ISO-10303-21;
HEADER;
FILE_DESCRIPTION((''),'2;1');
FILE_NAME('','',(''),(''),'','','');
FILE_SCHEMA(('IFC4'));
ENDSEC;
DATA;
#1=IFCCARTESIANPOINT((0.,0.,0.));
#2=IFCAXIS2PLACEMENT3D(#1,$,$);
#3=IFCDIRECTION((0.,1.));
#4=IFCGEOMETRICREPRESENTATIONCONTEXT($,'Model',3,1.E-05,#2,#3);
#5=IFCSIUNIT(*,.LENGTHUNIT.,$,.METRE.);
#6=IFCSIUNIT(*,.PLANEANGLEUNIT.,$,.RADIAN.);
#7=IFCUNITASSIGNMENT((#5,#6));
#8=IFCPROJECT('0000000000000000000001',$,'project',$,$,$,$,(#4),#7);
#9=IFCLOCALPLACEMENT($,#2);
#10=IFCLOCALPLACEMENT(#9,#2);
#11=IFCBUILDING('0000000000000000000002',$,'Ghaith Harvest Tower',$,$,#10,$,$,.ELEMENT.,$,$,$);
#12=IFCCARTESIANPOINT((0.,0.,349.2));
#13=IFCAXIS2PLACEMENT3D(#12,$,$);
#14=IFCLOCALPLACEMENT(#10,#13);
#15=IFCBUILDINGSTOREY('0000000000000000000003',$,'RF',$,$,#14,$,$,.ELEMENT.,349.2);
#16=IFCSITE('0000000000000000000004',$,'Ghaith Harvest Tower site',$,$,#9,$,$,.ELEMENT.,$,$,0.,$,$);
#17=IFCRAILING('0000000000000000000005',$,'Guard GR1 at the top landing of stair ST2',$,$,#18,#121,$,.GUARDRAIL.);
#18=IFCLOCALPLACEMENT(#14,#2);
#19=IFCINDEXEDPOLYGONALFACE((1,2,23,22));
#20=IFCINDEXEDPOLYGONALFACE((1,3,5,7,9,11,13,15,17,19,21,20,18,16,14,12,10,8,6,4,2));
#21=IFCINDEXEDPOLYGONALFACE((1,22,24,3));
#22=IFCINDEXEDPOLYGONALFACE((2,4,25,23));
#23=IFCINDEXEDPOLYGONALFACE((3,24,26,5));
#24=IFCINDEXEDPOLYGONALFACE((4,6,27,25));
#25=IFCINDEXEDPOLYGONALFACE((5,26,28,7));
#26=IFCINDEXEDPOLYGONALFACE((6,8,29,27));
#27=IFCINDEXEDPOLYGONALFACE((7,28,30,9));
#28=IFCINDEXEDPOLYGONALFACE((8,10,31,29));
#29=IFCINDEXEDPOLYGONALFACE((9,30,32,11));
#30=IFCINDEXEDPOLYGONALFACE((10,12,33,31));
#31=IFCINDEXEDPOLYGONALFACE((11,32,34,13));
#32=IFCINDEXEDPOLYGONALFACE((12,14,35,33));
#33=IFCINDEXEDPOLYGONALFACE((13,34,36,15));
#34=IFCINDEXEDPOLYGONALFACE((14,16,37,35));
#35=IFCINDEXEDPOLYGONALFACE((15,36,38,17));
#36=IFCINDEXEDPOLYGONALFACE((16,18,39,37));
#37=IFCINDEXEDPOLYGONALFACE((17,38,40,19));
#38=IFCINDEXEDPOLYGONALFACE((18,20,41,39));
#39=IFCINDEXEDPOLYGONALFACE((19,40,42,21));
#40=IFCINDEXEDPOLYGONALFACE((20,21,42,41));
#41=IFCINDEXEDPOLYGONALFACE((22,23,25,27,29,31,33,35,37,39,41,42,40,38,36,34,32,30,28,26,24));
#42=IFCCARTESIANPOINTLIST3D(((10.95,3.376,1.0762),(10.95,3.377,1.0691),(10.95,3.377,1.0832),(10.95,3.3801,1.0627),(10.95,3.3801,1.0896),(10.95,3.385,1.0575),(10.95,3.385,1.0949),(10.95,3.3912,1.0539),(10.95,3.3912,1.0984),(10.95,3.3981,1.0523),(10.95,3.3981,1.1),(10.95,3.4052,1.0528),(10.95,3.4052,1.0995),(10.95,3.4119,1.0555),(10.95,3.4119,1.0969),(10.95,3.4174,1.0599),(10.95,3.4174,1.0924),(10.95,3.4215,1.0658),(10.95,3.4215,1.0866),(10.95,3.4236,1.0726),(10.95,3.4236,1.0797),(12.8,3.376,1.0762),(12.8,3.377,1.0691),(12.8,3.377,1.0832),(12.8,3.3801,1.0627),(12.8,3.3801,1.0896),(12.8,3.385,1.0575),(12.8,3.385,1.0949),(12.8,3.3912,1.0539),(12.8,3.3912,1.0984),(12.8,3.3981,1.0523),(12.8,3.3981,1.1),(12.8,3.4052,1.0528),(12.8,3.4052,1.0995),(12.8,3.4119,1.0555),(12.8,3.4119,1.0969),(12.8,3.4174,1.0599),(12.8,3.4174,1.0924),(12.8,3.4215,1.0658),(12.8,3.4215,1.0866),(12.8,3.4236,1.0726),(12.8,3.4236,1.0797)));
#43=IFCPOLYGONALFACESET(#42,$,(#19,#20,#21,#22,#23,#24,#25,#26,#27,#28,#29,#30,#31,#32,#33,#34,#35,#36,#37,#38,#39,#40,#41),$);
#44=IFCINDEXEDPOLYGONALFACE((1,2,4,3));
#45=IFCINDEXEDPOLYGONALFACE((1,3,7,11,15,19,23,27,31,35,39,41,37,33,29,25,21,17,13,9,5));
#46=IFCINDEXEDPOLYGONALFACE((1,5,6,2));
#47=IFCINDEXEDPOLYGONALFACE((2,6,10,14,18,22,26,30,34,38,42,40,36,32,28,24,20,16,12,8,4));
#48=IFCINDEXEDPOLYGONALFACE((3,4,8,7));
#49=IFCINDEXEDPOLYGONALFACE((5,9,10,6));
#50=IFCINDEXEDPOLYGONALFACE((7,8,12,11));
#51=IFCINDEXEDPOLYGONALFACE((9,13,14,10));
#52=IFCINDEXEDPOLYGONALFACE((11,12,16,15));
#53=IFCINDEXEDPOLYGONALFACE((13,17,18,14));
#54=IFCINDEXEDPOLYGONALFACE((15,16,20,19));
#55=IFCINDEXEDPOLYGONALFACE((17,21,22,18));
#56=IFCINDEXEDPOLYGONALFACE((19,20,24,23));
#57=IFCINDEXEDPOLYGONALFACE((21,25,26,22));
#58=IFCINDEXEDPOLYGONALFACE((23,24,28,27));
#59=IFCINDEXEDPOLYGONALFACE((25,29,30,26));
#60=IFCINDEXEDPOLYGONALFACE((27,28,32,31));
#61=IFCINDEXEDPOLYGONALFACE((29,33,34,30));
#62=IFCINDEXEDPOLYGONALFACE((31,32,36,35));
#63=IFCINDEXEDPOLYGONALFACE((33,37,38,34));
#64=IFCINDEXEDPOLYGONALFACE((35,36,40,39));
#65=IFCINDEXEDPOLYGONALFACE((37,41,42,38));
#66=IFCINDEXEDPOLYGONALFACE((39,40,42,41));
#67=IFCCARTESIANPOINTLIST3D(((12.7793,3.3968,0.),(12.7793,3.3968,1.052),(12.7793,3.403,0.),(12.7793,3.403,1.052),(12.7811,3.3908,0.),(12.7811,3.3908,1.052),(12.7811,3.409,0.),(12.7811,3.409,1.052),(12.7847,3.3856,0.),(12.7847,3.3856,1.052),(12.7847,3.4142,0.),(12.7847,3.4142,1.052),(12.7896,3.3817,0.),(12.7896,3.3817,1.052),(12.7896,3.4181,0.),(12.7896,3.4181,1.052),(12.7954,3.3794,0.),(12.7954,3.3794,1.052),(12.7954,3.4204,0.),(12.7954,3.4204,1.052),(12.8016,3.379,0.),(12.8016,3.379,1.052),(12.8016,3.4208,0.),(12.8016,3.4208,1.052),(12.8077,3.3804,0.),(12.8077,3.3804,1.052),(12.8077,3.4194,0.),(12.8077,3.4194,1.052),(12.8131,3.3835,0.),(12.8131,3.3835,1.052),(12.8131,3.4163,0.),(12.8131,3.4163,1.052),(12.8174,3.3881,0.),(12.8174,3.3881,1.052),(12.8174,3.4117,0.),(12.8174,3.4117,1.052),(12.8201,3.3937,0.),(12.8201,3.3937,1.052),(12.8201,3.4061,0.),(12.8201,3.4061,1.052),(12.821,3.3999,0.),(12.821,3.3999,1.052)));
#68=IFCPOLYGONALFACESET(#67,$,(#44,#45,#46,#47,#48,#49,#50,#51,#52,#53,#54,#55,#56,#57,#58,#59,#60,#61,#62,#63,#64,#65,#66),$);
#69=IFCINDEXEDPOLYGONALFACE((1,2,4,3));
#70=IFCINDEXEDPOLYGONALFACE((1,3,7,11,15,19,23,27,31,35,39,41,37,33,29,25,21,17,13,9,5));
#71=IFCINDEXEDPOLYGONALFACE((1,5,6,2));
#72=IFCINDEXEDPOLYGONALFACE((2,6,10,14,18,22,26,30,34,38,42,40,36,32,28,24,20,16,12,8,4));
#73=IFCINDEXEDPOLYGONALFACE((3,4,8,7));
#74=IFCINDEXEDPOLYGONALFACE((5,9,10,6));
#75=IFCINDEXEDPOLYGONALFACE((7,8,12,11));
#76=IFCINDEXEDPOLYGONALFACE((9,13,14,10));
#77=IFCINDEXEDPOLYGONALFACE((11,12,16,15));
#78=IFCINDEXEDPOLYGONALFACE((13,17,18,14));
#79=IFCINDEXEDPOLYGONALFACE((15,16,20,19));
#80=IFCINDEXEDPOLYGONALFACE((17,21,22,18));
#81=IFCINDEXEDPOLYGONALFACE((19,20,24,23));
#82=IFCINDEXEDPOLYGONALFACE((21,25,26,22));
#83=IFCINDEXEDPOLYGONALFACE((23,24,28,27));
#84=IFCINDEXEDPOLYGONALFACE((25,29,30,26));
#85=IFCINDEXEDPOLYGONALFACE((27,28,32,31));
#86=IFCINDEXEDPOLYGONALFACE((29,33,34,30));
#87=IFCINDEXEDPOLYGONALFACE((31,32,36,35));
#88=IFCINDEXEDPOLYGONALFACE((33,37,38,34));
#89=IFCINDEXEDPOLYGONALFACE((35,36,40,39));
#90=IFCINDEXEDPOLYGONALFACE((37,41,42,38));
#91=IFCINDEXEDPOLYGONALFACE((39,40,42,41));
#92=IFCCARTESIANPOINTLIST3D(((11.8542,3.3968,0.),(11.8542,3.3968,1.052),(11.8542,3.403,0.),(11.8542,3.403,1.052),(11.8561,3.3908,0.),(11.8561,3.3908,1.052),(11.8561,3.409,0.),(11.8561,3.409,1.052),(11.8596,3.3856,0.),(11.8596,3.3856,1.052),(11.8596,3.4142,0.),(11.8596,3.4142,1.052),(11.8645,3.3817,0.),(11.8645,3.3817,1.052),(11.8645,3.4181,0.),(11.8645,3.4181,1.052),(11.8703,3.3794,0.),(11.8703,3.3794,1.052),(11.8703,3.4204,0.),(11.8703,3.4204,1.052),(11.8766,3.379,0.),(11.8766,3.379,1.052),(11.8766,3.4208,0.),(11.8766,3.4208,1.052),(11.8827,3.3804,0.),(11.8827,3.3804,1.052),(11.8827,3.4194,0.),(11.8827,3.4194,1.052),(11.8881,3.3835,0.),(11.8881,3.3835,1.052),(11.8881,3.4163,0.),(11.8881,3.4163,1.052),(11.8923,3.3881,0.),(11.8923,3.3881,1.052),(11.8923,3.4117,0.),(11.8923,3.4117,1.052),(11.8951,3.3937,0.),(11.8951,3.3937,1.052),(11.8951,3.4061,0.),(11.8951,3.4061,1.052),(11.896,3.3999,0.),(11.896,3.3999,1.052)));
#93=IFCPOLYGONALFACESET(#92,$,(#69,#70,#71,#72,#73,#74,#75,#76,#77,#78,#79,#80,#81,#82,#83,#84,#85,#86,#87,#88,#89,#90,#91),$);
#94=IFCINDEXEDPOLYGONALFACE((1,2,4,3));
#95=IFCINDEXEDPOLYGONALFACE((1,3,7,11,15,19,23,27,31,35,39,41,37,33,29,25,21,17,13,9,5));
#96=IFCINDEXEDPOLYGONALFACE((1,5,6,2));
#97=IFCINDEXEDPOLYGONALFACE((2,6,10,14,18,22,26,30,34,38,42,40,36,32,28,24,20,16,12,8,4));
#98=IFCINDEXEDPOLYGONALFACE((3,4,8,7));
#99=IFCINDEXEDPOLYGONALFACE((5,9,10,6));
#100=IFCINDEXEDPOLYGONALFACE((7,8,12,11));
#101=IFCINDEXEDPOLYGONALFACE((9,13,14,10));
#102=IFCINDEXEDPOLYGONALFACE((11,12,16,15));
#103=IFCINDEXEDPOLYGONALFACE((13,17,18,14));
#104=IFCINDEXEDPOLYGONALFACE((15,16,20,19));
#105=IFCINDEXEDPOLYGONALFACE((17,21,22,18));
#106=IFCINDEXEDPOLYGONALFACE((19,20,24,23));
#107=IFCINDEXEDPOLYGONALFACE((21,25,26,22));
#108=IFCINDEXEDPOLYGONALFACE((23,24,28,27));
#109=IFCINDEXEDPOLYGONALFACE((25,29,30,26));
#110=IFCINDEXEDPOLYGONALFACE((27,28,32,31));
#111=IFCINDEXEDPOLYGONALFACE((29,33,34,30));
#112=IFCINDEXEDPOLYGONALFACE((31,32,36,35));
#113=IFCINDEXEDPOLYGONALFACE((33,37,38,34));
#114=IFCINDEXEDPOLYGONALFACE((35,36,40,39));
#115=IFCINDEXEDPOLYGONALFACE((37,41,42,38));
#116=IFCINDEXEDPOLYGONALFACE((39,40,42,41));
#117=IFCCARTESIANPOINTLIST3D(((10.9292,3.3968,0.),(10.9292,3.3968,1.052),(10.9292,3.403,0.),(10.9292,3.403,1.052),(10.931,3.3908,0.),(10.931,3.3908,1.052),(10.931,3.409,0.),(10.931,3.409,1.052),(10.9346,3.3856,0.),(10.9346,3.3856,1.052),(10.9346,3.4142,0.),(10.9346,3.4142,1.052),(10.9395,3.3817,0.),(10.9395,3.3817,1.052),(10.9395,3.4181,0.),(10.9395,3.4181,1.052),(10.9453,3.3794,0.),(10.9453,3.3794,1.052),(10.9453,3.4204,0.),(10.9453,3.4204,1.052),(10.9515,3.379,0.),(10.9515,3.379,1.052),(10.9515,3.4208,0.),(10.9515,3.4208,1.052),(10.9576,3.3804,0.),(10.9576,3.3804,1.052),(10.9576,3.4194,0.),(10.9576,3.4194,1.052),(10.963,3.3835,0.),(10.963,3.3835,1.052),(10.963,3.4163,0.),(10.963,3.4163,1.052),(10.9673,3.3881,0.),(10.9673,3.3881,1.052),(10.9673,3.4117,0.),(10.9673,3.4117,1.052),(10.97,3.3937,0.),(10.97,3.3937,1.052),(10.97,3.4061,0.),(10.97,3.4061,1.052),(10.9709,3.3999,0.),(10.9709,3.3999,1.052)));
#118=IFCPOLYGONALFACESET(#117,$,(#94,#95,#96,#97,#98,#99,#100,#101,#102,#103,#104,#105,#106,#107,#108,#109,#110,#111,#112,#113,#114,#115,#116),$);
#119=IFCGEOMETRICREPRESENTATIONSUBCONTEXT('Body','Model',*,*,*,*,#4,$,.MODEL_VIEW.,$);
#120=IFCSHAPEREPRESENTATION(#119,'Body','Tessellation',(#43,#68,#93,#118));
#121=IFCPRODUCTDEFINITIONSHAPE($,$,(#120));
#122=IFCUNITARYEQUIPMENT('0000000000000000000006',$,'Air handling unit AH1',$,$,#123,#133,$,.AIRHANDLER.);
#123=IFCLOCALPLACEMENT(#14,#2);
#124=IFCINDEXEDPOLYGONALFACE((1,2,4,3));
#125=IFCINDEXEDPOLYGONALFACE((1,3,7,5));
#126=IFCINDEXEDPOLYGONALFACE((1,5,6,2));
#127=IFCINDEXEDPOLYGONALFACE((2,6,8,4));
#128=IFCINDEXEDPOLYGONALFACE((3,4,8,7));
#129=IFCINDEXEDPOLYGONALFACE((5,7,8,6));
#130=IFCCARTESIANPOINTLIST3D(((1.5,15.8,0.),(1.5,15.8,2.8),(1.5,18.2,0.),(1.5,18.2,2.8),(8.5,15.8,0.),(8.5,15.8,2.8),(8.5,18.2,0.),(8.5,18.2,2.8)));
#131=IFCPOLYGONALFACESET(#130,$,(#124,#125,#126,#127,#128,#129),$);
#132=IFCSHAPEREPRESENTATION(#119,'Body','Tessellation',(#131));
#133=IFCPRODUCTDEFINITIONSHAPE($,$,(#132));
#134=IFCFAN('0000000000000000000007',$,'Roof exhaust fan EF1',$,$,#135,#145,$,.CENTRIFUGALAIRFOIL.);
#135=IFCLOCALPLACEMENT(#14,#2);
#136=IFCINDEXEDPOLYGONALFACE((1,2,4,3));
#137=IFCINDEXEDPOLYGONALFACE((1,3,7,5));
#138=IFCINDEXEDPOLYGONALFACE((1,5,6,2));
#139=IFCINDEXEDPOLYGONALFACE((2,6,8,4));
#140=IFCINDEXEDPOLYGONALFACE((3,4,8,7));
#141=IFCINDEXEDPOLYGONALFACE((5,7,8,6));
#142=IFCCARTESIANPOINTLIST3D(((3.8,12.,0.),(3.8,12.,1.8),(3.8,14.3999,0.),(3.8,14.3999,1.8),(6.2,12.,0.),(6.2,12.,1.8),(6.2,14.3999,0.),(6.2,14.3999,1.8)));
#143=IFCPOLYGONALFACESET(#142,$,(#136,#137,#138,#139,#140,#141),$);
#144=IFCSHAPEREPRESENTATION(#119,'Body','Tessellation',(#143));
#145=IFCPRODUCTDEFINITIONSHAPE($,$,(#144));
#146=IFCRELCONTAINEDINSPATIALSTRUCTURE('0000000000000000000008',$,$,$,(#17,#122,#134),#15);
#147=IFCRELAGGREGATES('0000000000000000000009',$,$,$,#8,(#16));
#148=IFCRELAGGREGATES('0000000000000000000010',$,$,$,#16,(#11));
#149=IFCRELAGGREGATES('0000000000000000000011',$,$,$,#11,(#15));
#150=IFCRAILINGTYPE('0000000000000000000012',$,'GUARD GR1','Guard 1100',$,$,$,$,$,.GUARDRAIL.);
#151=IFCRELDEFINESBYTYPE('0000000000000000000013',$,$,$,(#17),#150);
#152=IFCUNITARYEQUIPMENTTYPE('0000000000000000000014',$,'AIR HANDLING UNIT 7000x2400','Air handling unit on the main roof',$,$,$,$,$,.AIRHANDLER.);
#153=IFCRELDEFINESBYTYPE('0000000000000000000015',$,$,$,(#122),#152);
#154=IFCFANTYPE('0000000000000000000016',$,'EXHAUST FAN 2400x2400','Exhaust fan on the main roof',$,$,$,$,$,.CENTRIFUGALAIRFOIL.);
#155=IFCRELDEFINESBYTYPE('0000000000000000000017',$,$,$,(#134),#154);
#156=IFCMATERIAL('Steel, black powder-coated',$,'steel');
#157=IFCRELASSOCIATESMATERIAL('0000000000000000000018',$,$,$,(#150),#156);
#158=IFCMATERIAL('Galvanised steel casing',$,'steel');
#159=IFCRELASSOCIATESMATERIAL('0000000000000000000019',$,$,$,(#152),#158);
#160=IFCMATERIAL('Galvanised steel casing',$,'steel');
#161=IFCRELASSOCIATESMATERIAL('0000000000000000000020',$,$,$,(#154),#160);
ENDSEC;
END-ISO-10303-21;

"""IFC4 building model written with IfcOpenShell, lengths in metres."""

from ifc_helpers import new_model, si_unit, direction, frame, origin, origin_2d, place, context, subcontext, project, spatial, rectangle, circle, extrude, material, type_object, element, save


model = new_model("IFC4")

# Units and contexts
model_context = context("Model", 3, precision=1e-05, world=origin(), true_north=direction((0.0, 1.0)))
body_context = subcontext(model_context, "Body", "Model", "MODEL_VIEW")
ifc_project = project(units=[si_unit("LENGTHUNIT", "METRE"), si_unit("PLANEANGLEUNIT", "RADIAN")], contexts=[model_context])

# Site, building, storey
site_placement = place(None, origin())
site = spatial("IfcSite", under=ifc_project, at=site_placement, Name="Ghaith Harvest Tower site", CompositionType="ELEMENT", RefElevation=0.0)
building_placement = place(site_placement, origin())
building = spatial("IfcBuilding", under=site, at=building_placement, Name="Ghaith Harvest Tower", CompositionType="ELEMENT")
storey_placement = place(building_placement, frame((0.0, 0.0, 349.2)))
storey = spatial("IfcBuildingStorey", under=building, at=storey_placement, Name="RF", CompositionType="ELEMENT", Elevation=349.2)

# Railing
ifc_material_1 = material(Name="Steel, black powder-coated", Category="steel")
railing_type = type_object("IfcRailingType", Name="GUARD GR1", Description="Guard 1100", PredefinedType="GUARDRAIL", material=ifc_material_1)
railing_placement = place(storey_placement, frame((12.8, 3.3999, 0.0)))
element("IfcRailing", 1, at=railing_placement, inside=storey, type_object=railing_type, Name="Guard GR1 at the top landing of stair ST2", PredefinedType="GUARDRAIL", context=body_context, shape_type="SweptSolid", body=[
    extrude(circle(Radius=0.0239, at=origin_2d()), frame((0.0, 0.0, 1.0762), z_axis=(-1.0, 0.0, 0.0), x_axis=(0.0, -1.0, 0.0)), (0.0, 0.0, 1.0), 1.8501),
    extrude(circle(Radius=0.021, at=origin_2d()), origin(), (0.0, 0.0, 1.0), 1.052),
    extrude(circle(Radius=0.021, at=origin_2d()), frame((-0.925, 0.0, 0.0)), (0.0, 0.0, 1.0), 1.052),
    extrude(circle(Radius=0.021, at=origin_2d()), frame((-1.8501, 0.0, 0.0)), (0.0, 0.0, 1.0), 1.052),
])

# Unitary equipment
ifc_material_2 = material(Name="Galvanised steel casing", Category="steel")
unitary_equipment_type = type_object("IfcUnitaryEquipmentType", Name="AIR HANDLING UNIT 7000x2400", Description="Air handling unit on the main roof", PredefinedType="AIRHANDLER", material=ifc_material_2)
unitary_equipment_placement = place(storey_placement, frame((5.0, 17.0, 0.0), z_axis=(0.0, 0.0, 1.0), x_axis=(1.0, 0.0, 0.0)))
element("IfcUnitaryEquipment", 2, at=unitary_equipment_placement, inside=storey, type_object=unitary_equipment_type, Name="Air handling unit AH1", PredefinedType="AIRHANDLER", context=body_context, shape_type="SweptSolid", body=[
    extrude(rectangle(XDim=7.0, YDim=2.3999, at=origin_2d()), origin(), (0.0, 0.0, 1.0), 2.8),
])

# Fan
ifc_material_3 = material(Name="Galvanised steel casing", Category="steel")
fan_type = type_object("IfcFanType", Name="EXHAUST FAN 2400x2400", Description="Exhaust fan on the main roof", PredefinedType="CENTRIFUGALAIRFOIL", material=ifc_material_3)
fan_placement = place(storey_placement, frame((5.0, 13.2, 0.0), z_axis=(0.0, 0.0, 1.0), x_axis=(1.0, 0.0, 0.0)))
element("IfcFan", 3, at=fan_placement, inside=storey, type_object=fan_type, Name="Roof exhaust fan EF1", PredefinedType="CENTRIFUGALAIRFOIL", context=body_context, shape_type="SweptSolid", body=[
    extrude(rectangle(XDim=2.3999, YDim=2.3999, at=origin_2d()), origin(), (0.0, 0.0, 1.0), 1.8),
])

save(model, "model.ifc")
